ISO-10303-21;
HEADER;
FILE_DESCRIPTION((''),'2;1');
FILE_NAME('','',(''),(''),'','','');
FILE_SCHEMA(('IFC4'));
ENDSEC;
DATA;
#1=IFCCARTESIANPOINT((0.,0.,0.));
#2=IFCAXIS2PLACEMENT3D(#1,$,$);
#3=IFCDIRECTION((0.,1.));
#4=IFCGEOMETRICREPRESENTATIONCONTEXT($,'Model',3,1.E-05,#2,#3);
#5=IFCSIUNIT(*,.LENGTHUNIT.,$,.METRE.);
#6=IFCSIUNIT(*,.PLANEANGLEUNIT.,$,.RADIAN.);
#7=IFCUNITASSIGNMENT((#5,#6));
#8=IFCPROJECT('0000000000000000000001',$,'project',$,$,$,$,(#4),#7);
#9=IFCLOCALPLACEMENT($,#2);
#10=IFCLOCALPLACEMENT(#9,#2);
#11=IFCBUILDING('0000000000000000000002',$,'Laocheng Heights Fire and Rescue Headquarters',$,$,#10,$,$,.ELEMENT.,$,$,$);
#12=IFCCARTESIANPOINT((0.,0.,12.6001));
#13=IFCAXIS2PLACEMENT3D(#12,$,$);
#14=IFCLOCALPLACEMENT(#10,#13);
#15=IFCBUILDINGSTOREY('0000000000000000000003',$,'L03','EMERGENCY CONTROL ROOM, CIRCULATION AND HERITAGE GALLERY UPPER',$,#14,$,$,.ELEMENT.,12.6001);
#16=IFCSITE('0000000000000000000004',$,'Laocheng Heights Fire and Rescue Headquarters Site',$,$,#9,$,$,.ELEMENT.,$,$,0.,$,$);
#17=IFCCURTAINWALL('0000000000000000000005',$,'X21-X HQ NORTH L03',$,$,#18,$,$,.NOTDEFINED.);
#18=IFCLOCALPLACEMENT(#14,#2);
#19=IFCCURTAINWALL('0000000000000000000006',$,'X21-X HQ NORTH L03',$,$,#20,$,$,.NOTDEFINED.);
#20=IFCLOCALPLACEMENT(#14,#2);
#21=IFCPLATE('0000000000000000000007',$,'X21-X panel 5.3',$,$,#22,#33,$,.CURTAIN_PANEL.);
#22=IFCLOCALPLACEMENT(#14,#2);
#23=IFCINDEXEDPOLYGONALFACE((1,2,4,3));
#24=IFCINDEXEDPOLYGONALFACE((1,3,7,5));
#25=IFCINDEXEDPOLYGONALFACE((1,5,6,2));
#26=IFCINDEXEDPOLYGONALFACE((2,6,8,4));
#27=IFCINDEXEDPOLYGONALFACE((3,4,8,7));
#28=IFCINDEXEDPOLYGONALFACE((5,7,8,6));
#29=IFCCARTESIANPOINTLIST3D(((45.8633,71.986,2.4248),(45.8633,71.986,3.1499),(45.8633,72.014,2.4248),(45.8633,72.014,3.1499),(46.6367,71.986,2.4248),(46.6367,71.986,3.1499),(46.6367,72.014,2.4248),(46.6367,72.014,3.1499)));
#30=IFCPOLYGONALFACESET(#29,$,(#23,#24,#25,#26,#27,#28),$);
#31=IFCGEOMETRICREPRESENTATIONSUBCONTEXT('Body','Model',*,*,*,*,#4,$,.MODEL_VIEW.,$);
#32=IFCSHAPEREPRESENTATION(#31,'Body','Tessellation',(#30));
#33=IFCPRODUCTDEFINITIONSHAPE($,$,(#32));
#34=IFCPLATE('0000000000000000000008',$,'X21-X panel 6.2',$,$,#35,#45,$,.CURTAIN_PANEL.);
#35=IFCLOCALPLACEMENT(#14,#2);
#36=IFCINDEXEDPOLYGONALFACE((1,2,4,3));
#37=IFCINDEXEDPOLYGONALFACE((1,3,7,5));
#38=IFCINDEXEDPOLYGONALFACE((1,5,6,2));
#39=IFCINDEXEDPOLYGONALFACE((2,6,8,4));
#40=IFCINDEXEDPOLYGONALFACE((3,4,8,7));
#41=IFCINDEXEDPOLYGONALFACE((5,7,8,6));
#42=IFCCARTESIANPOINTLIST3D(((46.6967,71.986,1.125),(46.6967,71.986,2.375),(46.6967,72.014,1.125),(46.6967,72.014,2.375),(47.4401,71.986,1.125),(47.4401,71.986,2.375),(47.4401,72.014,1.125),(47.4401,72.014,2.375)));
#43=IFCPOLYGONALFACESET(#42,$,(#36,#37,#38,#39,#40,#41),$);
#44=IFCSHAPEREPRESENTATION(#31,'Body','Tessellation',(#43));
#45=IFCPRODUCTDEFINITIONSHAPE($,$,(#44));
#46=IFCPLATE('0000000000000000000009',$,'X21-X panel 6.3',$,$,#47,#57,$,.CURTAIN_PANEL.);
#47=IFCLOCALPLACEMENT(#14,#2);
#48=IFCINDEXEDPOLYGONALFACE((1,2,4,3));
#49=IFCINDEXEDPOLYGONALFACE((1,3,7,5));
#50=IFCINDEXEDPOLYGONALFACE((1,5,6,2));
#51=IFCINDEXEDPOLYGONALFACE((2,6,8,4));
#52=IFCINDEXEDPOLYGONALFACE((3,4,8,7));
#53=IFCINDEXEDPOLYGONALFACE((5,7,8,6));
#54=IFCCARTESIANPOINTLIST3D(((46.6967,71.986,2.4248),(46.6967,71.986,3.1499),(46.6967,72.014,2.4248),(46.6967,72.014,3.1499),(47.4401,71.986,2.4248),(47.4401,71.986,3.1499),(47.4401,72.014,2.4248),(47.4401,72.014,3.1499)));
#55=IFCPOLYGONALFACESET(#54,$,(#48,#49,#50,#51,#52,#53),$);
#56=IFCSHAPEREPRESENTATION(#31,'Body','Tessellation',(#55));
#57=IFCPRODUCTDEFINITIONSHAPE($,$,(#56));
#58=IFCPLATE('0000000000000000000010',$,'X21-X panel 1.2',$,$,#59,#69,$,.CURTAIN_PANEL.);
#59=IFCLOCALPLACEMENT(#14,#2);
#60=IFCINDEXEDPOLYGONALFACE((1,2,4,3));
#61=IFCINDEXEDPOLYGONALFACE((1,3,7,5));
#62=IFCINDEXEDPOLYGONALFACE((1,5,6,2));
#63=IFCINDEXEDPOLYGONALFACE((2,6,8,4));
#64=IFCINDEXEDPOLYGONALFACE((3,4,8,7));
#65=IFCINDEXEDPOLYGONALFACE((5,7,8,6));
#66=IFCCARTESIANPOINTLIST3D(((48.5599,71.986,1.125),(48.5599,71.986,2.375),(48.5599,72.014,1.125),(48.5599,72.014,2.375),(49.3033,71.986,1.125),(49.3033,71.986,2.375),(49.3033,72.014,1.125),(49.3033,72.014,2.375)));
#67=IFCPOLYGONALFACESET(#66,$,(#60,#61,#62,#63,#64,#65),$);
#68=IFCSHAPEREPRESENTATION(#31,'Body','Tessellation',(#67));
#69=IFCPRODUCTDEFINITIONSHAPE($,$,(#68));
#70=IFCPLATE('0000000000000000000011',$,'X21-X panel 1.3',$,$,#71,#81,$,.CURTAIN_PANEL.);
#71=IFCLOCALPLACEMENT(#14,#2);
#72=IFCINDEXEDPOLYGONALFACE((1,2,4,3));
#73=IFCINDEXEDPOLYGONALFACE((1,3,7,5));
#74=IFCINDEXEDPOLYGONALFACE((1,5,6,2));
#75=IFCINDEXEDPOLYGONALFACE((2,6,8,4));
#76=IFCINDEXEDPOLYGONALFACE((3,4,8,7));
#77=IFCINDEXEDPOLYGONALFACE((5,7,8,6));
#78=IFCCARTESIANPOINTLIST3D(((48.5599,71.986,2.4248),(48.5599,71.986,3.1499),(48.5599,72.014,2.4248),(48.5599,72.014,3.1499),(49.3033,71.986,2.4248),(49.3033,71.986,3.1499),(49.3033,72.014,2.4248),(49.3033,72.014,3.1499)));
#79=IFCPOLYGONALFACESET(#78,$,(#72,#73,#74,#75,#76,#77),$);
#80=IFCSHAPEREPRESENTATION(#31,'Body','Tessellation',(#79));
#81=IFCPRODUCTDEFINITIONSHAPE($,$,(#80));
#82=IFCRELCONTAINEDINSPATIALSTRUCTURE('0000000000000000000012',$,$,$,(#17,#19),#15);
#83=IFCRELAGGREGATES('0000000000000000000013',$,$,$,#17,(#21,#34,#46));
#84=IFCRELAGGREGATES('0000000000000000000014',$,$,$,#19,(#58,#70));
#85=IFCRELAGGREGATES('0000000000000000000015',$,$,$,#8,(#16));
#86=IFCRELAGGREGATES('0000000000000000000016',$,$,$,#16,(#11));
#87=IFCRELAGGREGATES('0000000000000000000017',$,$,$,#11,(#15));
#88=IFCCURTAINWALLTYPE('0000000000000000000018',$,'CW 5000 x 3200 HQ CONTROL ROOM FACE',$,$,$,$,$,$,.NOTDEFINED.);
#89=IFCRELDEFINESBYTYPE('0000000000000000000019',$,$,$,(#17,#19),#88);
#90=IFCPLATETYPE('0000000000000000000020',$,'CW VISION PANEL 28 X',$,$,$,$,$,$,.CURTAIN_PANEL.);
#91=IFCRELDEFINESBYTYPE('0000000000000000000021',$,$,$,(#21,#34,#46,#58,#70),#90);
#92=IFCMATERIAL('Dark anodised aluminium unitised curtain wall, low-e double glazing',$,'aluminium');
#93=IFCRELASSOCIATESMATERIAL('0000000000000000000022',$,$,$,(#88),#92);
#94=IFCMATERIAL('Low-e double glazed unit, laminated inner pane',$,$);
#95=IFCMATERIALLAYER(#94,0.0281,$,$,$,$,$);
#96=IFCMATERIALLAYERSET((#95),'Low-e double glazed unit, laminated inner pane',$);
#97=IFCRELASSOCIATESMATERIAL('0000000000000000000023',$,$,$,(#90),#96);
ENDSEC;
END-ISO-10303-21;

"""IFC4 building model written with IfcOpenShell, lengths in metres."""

from ifc_helpers import new_model, si_unit, direction, frame, origin, origin_2d, place, context, subcontext, project, spatial, rectangle, extrude, material, layer, layer_set, type_object, element, aggregate, save


model = new_model("IFC4")

# Units and contexts
model_context = context("Model", 3, precision=1e-05, world=origin(), true_north=direction((0.0, 1.0)))
body_context = subcontext(model_context, "Body", "Model", "MODEL_VIEW")
ifc_project = project(units=[si_unit("LENGTHUNIT", "METRE"), si_unit("PLANEANGLEUNIT", "RADIAN")], contexts=[model_context])

# Site, building, storey
site_placement = place(None, origin())
site = spatial("IfcSite", under=ifc_project, at=site_placement, Name="Laocheng Heights Fire and Rescue Headquarters Site", CompositionType="ELEMENT", RefElevation=0.0)
building_placement = place(site_placement, origin())
building = spatial("IfcBuilding", under=site, at=building_placement, Name="Laocheng Heights Fire and Rescue Headquarters", CompositionType="ELEMENT")
storey_placement = place(building_placement, frame((0.0, 0.0, 12.6001)))
storey = spatial("IfcBuildingStorey", under=building, at=storey_placement, Name="L03", Description="EMERGENCY CONTROL ROOM, CIRCULATION AND HERITAGE GALLERY UPPER", CompositionType="ELEMENT", Elevation=12.6001)

# Curtain walls
ifc_material_1 = material(Name="Dark anodised aluminium unitised curtain wall, low-e double glazing", Category="aluminium")
curtain_wall_type = type_object("IfcCurtainWallType", Name="CW 5000 x 3200 HQ CONTROL ROOM FACE", PredefinedType="NOTDEFINED", material=ifc_material_1)
curtain_wall_1_placement = place(storey_placement, origin())
curtain_wall_1 = element("IfcCurtainWall", 1, at=curtain_wall_1_placement, inside=storey, type_object=curtain_wall_type, Name="X21-X HQ NORTH L03", PredefinedType="NOTDEFINED")
curtain_wall_2_placement = place(storey_placement, origin())
curtain_wall_2 = element("IfcCurtainWall", 2, at=curtain_wall_2_placement, inside=storey, type_object=curtain_wall_type, Name="X21-X HQ NORTH L03", PredefinedType="NOTDEFINED")

# Plates
ifc_material_2 = material(Name="Low-e double glazed unit, laminated inner pane")
ifc_layer_1 = layer(ifc_material_2, 0.0281)
ifc_layer_set_1 = layer_set([ifc_layer_1], Name="Low-e double glazed unit, laminated inner pane")
plate_type_1 = type_object("IfcPlateType", Name="CW VISION PANEL 28 X", PredefinedType="CURTAIN_PANEL", material=ifc_layer_set_1)
plate_1_placement = place(storey_placement, frame((46.25, 72.0, 2.4248), z_axis=(0.0, 0.0, 1.0), x_axis=(1.0, 0.0, 0.0)))
plate_1 = element("IfcPlate", 3, at=plate_1_placement, type_object=plate_type_1, Name="X21-X panel 5.3", PredefinedType="CURTAIN_PANEL", context=body_context, shape_type="SweptSolid", body=[
    extrude(rectangle(XDim=0.7734, YDim=0.0281, at=origin_2d()), origin(), (0.0, 0.0, 1.0), 0.7251),
])
plate_2_placement = place(storey_placement, frame((47.0684, 72.0, 1.125), z_axis=(0.0, 0.0, 1.0), x_axis=(1.0, 0.0, 0.0)))
plate_2 = element("IfcPlate", 4, at=plate_2_placement, type_object=plate_type_1, Name="X21-X panel 6.2", PredefinedType="CURTAIN_PANEL", context=body_context, shape_type="SweptSolid", body=[
    extrude(rectangle(XDim=0.7434, YDim=0.0281, at=origin_2d()), origin(), (0.0, 0.0, 1.0), 1.25),
])
plate_3_placement = place(storey_placement, frame((47.0684, 72.0, 2.4248), z_axis=(0.0, 0.0, 1.0), x_axis=(1.0, 0.0, 0.0)))
plate_3 = element("IfcPlate", 5, at=plate_3_placement, type_object=plate_type_1, Name="X21-X panel 6.3", PredefinedType="CURTAIN_PANEL", context=body_context, shape_type="SweptSolid", body=[
    extrude(rectangle(XDim=0.7434, YDim=0.0281, at=origin_2d()), origin(), (0.0, 0.0, 1.0), 0.7251),
])
aggregate(curtain_wall_1, [plate_1, plate_2, plate_3])
plate_4_placement = place(storey_placement, frame((48.9316, 72.0, 1.125), z_axis=(0.0, 0.0, 1.0), x_axis=(1.0, 0.0, 0.0)))
plate_4 = element("IfcPlate", 6, at=plate_4_placement, type_object=plate_type_1, Name="X21-X panel 1.2", PredefinedType="CURTAIN_PANEL", context=body_context, shape_type="SweptSolid", body=[
    extrude(rectangle(XDim=0.7434, YDim=0.0281, at=origin_2d()), origin(), (0.0, 0.0, 1.0), 1.25),
])
plate_5_placement = place(storey_placement, frame((48.9316, 72.0, 2.4248), z_axis=(0.0, 0.0, 1.0), x_axis=(1.0, 0.0, 0.0)))
plate_5 = element("IfcPlate", 7, at=plate_5_placement, type_object=plate_type_1, Name="X21-X panel 1.3", PredefinedType="CURTAIN_PANEL", context=body_context, shape_type="SweptSolid", body=[
    extrude(rectangle(XDim=0.7434, YDim=0.0281, at=origin_2d()), origin(), (0.0, 0.0, 1.0), 0.7251),
])
aggregate(curtain_wall_2, [plate_4, plate_5])

save(model, "model.ifc")
